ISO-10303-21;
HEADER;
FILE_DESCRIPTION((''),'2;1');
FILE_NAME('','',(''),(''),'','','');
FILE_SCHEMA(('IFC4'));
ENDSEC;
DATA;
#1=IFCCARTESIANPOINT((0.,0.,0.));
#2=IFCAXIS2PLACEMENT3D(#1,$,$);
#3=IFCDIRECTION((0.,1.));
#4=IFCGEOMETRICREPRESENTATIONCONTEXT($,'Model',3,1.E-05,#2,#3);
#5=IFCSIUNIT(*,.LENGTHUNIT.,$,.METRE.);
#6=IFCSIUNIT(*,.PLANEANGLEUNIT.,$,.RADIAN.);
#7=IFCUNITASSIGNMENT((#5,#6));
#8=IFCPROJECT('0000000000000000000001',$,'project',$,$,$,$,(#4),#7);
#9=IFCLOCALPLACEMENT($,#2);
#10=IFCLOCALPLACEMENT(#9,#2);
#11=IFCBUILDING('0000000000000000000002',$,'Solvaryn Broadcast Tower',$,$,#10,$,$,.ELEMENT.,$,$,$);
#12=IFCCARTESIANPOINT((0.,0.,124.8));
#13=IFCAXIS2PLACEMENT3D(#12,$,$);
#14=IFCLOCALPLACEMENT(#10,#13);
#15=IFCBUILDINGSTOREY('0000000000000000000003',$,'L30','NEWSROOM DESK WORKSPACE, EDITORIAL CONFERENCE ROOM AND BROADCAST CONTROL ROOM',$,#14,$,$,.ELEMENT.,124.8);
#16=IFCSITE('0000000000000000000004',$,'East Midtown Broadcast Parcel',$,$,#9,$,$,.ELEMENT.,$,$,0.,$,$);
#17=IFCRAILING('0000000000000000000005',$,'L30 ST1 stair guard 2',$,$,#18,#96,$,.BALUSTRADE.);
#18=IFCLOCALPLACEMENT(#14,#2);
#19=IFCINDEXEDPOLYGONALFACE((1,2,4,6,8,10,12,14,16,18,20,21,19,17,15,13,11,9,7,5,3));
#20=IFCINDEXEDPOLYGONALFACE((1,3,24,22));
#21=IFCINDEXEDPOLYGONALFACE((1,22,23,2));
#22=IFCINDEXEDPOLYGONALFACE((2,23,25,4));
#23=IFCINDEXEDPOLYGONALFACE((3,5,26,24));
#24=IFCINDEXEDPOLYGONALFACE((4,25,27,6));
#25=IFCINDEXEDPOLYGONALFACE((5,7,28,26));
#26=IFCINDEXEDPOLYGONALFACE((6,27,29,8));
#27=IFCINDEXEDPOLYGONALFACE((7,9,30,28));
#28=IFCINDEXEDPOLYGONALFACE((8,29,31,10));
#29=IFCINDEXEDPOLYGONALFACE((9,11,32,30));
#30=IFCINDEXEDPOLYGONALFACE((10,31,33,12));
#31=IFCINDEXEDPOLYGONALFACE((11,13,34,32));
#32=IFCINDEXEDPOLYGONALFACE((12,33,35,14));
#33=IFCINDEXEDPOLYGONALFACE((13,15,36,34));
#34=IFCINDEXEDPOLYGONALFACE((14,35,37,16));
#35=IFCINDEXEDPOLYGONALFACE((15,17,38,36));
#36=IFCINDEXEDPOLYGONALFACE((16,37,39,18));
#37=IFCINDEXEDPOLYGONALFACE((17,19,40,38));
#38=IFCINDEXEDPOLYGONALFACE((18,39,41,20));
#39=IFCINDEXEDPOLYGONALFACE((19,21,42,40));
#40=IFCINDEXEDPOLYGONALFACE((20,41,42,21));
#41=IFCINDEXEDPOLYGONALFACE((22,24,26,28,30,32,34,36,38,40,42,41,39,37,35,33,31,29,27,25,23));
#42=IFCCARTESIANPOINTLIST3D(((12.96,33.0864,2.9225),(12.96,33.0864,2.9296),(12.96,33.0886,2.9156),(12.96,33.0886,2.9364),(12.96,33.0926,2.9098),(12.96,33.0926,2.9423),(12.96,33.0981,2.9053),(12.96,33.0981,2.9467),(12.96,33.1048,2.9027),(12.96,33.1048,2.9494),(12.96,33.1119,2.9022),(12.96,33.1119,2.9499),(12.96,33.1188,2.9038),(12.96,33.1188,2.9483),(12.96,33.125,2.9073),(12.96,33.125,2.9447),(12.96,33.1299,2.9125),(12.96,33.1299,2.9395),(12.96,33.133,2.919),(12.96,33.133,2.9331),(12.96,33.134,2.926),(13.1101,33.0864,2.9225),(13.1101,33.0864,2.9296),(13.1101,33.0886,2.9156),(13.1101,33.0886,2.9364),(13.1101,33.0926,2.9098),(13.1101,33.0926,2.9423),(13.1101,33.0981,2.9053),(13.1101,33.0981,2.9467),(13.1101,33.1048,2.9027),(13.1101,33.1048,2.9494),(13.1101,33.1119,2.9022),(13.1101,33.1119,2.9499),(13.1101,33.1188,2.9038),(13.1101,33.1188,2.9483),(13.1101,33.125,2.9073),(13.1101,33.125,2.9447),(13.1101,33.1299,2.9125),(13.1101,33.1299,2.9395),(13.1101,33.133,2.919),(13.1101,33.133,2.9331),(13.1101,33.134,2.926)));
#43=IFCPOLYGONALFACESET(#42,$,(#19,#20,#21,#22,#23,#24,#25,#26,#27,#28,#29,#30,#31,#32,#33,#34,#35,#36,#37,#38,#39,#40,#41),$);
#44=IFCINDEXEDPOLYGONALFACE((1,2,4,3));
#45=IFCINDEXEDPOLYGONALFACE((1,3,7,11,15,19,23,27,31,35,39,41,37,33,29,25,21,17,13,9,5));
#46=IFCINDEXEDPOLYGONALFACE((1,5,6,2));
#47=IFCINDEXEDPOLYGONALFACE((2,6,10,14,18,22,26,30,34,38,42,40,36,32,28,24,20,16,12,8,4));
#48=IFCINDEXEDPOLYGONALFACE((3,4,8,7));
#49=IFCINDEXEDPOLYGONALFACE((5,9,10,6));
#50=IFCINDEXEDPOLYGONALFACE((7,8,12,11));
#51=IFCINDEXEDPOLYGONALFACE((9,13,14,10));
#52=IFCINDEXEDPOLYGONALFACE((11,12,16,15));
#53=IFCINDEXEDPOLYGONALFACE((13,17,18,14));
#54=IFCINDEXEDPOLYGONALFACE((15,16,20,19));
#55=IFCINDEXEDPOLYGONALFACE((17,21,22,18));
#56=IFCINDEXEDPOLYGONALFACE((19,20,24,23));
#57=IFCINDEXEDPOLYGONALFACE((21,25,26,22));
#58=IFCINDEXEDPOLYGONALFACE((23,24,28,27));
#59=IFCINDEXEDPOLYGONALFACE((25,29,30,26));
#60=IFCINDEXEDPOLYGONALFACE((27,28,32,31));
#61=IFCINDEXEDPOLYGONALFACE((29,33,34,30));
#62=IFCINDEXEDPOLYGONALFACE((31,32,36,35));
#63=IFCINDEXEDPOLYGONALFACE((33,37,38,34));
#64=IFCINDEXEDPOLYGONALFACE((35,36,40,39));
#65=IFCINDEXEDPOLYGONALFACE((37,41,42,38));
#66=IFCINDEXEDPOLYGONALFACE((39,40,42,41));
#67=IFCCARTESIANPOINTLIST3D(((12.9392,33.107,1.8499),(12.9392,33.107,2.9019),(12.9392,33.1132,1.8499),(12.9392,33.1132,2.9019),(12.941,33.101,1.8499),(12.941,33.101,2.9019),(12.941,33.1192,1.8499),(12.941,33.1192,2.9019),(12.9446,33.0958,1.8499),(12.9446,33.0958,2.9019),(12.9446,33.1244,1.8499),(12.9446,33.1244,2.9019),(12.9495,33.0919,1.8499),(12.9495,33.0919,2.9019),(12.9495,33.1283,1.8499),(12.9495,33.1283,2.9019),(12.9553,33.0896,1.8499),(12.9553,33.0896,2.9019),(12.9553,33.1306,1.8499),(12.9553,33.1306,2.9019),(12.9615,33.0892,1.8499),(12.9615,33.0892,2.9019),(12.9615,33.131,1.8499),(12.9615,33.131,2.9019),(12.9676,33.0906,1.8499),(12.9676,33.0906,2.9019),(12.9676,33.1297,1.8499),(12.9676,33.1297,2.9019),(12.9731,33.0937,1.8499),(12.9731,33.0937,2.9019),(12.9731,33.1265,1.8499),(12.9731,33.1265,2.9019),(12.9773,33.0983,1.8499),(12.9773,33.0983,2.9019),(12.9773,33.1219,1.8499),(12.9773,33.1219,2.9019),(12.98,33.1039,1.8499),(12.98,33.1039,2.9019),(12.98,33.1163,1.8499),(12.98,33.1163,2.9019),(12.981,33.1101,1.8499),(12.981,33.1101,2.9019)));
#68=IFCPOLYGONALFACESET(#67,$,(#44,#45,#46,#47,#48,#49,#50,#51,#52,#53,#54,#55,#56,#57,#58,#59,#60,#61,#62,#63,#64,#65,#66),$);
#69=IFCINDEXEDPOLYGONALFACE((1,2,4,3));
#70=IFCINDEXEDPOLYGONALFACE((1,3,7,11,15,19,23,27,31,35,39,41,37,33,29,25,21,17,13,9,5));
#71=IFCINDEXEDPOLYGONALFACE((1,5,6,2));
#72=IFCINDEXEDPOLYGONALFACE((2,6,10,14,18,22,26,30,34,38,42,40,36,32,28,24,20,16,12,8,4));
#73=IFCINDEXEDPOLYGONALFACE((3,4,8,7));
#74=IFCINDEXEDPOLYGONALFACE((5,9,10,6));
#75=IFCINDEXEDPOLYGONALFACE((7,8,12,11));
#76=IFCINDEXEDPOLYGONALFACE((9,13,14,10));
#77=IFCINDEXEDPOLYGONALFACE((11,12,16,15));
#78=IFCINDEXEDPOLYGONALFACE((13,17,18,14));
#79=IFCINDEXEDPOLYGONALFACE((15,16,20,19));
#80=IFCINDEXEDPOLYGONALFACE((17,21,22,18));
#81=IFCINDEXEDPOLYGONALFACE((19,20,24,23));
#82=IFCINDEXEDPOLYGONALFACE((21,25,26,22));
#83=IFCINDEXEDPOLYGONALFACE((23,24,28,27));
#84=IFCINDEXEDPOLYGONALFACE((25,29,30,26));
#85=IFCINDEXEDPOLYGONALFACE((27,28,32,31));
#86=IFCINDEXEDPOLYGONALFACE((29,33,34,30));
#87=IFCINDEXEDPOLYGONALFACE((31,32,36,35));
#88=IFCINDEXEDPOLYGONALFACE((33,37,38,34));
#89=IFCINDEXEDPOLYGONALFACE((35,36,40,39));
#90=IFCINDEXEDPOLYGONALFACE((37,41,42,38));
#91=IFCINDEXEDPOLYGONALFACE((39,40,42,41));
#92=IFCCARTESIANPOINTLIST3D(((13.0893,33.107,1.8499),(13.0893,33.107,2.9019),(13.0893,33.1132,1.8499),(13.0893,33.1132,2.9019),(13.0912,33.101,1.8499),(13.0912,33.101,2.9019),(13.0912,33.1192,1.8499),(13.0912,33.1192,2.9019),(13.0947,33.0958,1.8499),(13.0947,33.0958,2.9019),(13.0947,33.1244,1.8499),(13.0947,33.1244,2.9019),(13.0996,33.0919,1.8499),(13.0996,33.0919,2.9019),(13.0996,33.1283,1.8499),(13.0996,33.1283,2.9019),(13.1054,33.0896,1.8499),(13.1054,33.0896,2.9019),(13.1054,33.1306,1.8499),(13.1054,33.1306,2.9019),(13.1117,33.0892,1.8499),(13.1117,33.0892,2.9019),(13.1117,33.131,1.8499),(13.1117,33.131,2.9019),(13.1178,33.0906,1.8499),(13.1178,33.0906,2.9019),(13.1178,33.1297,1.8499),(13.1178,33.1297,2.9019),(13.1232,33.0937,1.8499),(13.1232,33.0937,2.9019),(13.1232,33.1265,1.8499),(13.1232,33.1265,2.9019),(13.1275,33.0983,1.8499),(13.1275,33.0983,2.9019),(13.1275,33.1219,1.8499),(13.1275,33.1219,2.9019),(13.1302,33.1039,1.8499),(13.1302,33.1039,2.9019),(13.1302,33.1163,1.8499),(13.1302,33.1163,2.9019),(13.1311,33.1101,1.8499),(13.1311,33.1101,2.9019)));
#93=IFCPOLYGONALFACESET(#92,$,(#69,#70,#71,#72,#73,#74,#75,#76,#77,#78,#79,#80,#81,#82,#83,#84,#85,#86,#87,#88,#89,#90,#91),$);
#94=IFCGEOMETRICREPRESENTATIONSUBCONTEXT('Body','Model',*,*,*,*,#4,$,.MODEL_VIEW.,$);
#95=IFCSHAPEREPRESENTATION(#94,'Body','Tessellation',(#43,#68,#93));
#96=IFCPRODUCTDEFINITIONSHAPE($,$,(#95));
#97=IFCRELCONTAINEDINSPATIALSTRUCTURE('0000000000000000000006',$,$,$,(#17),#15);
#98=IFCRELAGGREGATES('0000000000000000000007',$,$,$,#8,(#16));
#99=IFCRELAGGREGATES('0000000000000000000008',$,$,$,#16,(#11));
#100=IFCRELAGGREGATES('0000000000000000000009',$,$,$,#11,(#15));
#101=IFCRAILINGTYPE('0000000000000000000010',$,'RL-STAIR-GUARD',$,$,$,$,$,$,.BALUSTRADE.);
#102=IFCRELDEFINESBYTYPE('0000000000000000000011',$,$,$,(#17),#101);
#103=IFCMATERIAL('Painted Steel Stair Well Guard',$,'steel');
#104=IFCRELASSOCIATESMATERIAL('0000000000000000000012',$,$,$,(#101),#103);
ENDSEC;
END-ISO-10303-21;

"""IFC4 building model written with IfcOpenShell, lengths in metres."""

from ifc_helpers import new_model, si_unit, direction, frame, origin, origin_2d, place, context, subcontext, project, spatial, circle, extrude, material, type_object, element, save


model = new_model("IFC4")

# Units and contexts
model_context = context("Model", 3, precision=1e-05, world=origin(), true_north=direction((0.0, 1.0)))
body_context = subcontext(model_context, "Body", "Model", "MODEL_VIEW")
ifc_project = project(units=[si_unit("LENGTHUNIT", "METRE"), si_unit("PLANEANGLEUNIT", "RADIAN")], contexts=[model_context])

# Site, building, storey
site_placement = place(None, origin())
site = spatial("IfcSite", under=ifc_project, at=site_placement, Name="East Midtown Broadcast Parcel", CompositionType="ELEMENT", RefElevation=0.0)
building_placement = place(site_placement, origin())
building = spatial("IfcBuilding", under=site, at=building_placement, Name="Solvaryn Broadcast Tower", CompositionType="ELEMENT")
storey_placement = place(building_placement, frame((0.0, 0.0, 124.8)))
storey = spatial("IfcBuildingStorey", under=building, at=storey_placement, Name="L30", Description="NEWSROOM DESK WORKSPACE, EDITORIAL CONFERENCE ROOM AND BROADCAST CONTROL ROOM", CompositionType="ELEMENT", Elevation=124.8)

# Railing
ifc_material_1 = material(Name="Painted Steel Stair Well Guard", Category="steel")
railing_type_1 = type_object("IfcRailingType", Name="RL-STAIR-GUARD", PredefinedType="BALUSTRADE", material=ifc_material_1)
railing_1_placement = place(storey_placement, frame((12.96, 33.1101, 1.8499)))
element("IfcRailing", 1, at=railing_1_placement, inside=storey, type_object=railing_type_1, Name="L30 ST1 stair guard 2", PredefinedType="BALUSTRADE", context=body_context, shape_type="SweptSolid", body=[
    extrude(circle(Radius=0.0239, at=origin_2d()), frame((0.0, 0.0, 1.0762), z_axis=(1.0, 0.0, 0.0), x_axis=(0.0, 1.0, 0.0)), (0.0, 0.0, 1.0), 0.1501),
    extrude(circle(Radius=0.021, at=origin_2d()), origin(), (0.0, 0.0, 1.0), 1.052),
    extrude(circle(Radius=0.021, at=origin_2d()), frame((0.1501, 0.0, 0.0)), (0.0, 0.0, 1.0), 1.052),
])

save(model, "model.ifc")
